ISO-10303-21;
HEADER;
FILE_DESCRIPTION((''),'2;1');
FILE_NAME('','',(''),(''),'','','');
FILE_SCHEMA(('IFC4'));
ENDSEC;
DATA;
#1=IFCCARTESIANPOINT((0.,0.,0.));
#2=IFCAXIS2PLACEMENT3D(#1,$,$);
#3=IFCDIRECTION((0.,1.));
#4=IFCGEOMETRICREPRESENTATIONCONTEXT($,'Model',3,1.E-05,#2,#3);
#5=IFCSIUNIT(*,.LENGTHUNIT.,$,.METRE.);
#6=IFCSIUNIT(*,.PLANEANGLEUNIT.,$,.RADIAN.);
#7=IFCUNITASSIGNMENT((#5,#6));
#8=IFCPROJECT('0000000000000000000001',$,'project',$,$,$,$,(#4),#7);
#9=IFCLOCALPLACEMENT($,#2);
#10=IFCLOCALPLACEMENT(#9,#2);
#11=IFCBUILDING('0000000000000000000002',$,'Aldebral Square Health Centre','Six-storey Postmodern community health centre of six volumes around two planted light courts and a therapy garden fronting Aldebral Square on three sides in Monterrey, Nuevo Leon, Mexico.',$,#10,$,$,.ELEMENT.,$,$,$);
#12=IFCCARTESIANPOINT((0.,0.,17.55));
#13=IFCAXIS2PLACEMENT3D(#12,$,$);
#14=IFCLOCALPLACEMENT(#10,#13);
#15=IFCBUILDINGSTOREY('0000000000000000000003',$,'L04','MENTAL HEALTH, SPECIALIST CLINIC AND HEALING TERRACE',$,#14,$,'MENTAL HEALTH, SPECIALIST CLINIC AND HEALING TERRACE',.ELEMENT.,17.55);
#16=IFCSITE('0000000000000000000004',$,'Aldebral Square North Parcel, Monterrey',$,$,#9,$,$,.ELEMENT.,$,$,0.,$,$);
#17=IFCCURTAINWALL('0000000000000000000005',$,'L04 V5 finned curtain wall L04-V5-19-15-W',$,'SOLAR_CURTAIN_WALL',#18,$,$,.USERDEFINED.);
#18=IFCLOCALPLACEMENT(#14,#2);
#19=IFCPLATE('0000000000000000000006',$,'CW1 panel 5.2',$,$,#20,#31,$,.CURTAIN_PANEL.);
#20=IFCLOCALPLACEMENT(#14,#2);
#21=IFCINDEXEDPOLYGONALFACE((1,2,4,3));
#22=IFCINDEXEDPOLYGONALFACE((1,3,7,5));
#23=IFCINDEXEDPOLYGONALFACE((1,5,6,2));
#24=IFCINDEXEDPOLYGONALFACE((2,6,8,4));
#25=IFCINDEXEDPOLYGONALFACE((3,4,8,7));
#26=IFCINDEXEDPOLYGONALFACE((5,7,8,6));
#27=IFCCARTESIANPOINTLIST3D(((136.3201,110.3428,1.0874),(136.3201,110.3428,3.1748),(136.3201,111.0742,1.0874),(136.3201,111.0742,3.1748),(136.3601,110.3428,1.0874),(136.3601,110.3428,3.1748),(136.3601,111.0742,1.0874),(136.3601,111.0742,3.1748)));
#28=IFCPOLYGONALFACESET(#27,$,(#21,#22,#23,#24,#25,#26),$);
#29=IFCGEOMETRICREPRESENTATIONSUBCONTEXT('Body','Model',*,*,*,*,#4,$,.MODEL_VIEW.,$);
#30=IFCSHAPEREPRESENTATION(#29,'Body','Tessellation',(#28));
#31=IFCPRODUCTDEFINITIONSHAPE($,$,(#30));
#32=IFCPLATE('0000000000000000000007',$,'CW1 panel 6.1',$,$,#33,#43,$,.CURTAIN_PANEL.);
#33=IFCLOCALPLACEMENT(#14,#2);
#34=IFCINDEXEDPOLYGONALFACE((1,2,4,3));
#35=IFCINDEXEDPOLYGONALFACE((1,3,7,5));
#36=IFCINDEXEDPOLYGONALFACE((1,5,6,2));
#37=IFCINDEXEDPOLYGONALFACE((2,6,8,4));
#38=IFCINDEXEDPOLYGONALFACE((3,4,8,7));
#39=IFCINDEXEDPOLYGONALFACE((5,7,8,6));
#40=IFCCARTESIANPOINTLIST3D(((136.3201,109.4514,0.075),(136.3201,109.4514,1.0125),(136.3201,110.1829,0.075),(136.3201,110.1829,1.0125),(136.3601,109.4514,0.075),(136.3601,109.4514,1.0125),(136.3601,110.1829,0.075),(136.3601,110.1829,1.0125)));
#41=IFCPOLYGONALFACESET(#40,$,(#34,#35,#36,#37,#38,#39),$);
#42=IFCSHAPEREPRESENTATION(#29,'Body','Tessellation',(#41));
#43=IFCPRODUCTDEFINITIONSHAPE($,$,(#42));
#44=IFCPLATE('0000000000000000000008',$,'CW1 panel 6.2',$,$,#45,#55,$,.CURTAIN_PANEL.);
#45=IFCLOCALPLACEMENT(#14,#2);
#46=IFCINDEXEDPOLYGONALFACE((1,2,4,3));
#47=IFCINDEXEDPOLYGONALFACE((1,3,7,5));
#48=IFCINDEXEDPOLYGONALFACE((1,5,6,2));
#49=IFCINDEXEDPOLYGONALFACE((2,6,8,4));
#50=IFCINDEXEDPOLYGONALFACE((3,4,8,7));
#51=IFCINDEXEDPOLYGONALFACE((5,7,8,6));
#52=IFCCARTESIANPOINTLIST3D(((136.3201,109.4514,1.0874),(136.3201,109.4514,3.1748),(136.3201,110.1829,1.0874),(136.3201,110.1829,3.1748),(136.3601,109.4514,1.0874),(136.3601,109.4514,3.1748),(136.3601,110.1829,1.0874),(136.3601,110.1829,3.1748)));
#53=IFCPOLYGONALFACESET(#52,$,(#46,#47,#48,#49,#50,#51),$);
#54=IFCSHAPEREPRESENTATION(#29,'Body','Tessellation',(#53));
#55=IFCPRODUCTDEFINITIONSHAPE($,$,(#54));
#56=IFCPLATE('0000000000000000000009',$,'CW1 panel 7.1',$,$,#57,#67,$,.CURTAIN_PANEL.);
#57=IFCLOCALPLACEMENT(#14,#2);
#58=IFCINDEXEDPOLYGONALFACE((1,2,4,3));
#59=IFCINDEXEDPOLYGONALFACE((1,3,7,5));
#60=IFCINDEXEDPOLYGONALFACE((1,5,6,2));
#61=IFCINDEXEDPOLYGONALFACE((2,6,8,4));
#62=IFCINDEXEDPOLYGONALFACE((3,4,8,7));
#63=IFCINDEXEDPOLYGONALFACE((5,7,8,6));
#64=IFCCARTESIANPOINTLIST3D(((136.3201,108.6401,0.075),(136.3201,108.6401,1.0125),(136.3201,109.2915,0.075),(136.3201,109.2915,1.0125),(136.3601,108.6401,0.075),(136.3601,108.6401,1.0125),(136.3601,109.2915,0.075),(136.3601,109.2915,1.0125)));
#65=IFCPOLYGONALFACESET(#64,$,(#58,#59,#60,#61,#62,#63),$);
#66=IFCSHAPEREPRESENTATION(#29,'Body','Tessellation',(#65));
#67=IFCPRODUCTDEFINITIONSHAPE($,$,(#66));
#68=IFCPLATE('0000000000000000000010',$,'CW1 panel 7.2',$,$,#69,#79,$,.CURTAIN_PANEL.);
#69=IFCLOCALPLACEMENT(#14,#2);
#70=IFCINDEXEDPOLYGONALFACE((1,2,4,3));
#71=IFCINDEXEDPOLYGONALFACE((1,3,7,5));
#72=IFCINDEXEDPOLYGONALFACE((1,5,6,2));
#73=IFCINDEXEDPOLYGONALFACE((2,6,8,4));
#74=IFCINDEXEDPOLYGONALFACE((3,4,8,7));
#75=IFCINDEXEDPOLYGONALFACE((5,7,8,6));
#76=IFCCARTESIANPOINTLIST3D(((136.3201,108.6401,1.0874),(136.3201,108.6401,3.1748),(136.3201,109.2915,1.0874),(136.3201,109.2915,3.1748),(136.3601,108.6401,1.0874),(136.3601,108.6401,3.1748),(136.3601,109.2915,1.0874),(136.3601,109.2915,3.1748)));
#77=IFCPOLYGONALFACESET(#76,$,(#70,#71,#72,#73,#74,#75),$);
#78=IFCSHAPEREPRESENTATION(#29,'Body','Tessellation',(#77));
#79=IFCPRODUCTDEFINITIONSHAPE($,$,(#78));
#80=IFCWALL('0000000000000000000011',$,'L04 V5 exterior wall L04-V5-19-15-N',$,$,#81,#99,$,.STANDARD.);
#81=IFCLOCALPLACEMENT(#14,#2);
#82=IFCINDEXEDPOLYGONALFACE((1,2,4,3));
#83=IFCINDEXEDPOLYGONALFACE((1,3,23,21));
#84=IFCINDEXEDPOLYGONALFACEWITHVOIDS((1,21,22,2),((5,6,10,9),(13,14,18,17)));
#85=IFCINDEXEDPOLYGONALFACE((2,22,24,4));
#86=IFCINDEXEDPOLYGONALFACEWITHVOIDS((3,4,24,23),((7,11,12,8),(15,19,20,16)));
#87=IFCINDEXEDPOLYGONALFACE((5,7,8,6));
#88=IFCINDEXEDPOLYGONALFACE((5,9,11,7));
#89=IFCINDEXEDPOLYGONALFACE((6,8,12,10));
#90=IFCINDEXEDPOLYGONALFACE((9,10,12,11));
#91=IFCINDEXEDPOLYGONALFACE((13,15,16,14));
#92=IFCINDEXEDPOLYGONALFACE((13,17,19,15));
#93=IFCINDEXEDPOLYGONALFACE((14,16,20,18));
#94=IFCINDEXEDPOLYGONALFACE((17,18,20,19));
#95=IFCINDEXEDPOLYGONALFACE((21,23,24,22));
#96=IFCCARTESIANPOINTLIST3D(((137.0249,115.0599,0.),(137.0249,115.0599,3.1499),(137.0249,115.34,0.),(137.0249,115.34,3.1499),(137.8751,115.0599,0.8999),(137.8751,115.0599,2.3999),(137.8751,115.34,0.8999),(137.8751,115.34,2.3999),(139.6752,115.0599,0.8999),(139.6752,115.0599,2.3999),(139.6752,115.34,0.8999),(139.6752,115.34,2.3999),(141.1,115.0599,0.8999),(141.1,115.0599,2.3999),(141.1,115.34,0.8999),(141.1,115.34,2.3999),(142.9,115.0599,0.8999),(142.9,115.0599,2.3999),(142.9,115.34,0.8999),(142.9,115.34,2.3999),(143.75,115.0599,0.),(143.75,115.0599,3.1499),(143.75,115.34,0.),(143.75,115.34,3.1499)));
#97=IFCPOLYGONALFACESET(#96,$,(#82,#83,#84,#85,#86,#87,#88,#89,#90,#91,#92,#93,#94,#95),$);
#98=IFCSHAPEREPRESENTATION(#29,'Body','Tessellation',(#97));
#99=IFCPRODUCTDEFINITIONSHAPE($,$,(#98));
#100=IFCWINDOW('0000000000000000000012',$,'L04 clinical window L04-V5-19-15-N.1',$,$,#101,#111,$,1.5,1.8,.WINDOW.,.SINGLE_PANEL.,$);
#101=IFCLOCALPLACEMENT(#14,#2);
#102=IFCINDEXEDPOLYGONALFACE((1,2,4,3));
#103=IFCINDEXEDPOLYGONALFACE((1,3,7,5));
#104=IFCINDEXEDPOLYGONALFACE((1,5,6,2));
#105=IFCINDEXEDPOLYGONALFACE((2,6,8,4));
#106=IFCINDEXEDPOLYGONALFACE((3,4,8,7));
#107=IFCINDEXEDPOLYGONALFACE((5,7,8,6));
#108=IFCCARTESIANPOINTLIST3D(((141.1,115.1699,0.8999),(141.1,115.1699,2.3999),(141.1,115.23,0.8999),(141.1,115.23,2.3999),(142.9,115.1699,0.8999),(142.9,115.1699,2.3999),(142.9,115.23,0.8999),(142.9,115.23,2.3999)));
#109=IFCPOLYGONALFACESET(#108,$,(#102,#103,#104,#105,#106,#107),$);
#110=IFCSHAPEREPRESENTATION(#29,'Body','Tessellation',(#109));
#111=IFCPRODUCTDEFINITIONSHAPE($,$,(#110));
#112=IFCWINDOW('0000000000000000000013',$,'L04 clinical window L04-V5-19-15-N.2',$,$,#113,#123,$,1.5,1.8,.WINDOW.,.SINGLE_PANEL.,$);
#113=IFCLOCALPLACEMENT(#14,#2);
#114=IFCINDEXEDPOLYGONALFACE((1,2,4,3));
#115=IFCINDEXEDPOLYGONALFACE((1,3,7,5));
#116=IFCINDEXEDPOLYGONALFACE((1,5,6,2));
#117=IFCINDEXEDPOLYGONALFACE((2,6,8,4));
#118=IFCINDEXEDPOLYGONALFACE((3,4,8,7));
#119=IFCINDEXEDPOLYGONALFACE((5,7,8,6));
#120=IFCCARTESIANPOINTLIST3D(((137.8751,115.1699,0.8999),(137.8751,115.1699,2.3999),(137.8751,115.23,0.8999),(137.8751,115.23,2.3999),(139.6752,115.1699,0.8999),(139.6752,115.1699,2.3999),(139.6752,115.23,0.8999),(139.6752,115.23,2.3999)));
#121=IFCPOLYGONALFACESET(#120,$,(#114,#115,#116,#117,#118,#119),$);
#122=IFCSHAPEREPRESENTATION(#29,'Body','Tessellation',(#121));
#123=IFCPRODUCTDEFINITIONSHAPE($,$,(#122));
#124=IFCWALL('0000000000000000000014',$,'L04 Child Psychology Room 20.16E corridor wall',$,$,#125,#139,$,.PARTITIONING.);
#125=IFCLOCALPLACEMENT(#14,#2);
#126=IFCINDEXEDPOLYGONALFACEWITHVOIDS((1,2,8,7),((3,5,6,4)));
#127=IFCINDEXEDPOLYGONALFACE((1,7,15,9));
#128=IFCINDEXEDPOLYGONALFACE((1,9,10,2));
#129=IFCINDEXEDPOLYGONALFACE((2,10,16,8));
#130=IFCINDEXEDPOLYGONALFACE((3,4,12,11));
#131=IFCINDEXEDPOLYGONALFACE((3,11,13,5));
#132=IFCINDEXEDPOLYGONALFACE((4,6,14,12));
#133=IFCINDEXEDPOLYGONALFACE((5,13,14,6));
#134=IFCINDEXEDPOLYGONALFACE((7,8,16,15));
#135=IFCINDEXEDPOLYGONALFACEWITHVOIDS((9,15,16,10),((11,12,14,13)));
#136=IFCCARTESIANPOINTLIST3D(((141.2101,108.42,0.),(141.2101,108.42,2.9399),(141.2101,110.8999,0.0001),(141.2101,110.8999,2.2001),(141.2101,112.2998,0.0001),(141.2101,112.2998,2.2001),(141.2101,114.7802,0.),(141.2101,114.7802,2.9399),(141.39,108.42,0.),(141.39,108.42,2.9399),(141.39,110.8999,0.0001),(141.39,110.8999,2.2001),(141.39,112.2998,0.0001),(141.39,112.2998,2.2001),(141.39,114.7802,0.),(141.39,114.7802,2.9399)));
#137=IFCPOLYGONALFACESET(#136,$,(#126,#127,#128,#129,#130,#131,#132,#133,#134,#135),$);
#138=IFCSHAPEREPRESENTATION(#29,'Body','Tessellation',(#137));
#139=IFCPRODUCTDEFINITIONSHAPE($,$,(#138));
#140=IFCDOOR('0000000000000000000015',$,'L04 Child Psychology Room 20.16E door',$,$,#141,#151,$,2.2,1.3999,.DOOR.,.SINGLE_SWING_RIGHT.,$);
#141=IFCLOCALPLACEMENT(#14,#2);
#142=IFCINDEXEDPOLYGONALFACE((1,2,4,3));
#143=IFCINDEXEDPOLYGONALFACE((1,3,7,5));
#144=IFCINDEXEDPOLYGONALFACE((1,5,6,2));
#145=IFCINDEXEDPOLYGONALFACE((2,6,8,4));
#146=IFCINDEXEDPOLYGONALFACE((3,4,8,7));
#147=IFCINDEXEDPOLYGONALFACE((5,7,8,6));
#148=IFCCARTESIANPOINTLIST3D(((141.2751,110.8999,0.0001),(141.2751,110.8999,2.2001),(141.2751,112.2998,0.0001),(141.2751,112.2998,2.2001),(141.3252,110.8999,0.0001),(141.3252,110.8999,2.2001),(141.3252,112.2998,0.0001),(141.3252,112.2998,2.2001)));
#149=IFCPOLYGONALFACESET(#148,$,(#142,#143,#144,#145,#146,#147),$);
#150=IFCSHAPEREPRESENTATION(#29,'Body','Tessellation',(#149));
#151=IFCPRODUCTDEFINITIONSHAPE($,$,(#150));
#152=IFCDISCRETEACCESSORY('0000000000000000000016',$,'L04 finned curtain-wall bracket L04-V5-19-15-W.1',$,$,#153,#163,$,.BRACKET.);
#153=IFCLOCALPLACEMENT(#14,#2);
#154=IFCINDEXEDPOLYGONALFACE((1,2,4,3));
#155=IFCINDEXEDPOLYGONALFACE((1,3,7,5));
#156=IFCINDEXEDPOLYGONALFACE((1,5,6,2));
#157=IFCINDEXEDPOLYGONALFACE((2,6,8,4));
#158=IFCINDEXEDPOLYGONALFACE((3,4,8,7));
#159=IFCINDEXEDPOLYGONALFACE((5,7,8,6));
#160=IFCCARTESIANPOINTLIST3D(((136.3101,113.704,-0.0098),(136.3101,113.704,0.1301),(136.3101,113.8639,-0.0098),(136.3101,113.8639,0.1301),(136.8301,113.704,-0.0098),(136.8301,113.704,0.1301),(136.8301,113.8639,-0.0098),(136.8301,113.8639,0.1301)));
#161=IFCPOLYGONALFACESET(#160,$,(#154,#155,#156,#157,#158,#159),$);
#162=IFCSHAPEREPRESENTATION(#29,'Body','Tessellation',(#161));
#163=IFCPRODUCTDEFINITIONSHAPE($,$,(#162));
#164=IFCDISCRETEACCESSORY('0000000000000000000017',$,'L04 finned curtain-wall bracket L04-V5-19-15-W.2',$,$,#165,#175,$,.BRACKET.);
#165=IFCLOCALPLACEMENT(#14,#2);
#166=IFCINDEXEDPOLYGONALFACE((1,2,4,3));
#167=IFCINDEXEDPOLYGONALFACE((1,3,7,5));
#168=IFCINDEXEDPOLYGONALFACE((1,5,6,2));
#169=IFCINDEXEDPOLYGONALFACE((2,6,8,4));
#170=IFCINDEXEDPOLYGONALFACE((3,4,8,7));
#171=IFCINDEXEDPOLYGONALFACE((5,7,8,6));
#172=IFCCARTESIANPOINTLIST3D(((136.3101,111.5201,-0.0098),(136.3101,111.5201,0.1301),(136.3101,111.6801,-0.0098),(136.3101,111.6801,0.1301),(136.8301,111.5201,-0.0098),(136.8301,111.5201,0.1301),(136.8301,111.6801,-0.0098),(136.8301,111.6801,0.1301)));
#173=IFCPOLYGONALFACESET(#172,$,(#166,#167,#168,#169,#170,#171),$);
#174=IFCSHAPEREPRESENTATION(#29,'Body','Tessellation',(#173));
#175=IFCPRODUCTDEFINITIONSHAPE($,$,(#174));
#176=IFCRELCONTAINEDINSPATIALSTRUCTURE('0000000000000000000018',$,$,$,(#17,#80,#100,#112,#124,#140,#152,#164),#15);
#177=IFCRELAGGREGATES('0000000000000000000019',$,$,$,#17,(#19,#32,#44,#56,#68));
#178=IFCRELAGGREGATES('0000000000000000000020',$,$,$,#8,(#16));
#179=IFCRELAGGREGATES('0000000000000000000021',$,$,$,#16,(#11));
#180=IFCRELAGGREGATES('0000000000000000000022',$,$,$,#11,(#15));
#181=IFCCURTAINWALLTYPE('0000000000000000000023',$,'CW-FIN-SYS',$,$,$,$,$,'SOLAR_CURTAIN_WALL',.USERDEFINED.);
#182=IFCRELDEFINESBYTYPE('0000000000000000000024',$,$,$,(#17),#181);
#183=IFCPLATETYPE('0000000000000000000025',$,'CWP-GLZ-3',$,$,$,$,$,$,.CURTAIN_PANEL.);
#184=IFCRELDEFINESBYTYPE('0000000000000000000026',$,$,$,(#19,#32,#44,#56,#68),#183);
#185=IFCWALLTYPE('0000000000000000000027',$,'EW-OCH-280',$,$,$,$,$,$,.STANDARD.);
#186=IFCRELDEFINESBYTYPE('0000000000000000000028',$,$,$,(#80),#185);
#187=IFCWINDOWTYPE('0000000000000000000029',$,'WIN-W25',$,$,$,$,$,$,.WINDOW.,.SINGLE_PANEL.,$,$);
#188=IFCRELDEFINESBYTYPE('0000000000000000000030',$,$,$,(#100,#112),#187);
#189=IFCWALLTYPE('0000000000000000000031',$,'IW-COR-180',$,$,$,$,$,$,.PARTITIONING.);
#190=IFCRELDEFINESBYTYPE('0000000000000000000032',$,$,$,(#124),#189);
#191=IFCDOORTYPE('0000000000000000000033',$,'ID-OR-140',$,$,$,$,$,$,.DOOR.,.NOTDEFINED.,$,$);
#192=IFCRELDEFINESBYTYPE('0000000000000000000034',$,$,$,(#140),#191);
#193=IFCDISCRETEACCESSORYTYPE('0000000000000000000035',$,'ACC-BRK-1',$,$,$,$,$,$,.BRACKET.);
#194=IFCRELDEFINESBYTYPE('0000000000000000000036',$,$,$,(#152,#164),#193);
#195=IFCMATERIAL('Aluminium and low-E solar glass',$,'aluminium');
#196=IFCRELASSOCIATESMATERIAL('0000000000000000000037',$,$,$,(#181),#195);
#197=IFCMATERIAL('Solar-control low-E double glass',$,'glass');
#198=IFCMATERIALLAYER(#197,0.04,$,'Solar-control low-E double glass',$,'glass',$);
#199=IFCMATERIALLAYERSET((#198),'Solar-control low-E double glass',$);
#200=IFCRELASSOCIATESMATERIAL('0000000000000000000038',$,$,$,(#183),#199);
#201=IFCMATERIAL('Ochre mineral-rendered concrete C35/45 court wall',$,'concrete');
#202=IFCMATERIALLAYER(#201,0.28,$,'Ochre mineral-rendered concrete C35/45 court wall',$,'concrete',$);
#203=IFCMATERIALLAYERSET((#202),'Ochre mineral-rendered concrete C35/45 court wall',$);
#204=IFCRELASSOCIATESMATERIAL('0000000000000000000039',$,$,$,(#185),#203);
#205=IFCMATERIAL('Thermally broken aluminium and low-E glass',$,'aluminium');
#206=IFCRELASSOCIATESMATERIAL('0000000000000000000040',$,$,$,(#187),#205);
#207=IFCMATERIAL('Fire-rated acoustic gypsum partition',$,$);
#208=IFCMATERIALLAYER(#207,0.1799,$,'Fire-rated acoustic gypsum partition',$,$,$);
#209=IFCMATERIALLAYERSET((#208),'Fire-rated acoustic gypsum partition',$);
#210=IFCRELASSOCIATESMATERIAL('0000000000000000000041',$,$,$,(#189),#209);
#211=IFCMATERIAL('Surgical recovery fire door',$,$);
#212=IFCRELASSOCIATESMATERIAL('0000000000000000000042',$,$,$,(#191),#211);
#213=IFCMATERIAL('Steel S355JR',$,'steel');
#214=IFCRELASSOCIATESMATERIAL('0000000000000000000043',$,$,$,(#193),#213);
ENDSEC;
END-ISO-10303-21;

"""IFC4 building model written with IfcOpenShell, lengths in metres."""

from ifc_helpers import new_model, si_unit, direction, frame, frame_2d, origin, origin_2d, place, context, subcontext, project, spatial, rectangle, extrude, material, layer, layer_set, type_object, element, fill, aggregate, save


model = new_model("IFC4")

# Units and contexts
model_context = context("Model", 3, precision=1e-05, world=origin(), true_north=direction((0.0, 1.0)))
body_context = subcontext(model_context, "Body", "Model", "MODEL_VIEW")
ifc_project = project(units=[si_unit("LENGTHUNIT", "METRE"), si_unit("PLANEANGLEUNIT", "RADIAN")], contexts=[model_context])

# Site, building, storey
site_placement = place(None, origin())
site = spatial("IfcSite", under=ifc_project, at=site_placement, Name="Aldebral Square North Parcel, Monterrey", CompositionType="ELEMENT", RefElevation=0.0)
building_placement = place(site_placement, origin())
building = spatial("IfcBuilding", under=site, at=building_placement, Name="Aldebral Square Health Centre", Description="Six-storey Postmodern community health centre of six volumes around two planted light courts and a therapy garden fronting Aldebral Square on three sides in Monterrey, Nuevo Leon, Mexico.", CompositionType="ELEMENT")
storey_placement = place(building_placement, frame((0.0, 0.0, 17.55)))
storey = spatial("IfcBuildingStorey", under=building, at=storey_placement, Name="L04", Description="MENTAL HEALTH, SPECIALIST CLINIC AND HEALING TERRACE", LongName="MENTAL HEALTH, SPECIALIST CLINIC AND HEALING TERRACE", CompositionType="ELEMENT", Elevation=17.55)

# Curtain wall, plates
ifc_material_1 = material(Name="Aluminium and low-E solar glass", Category="aluminium")
curtain_wall_type = type_object("IfcCurtainWallType", Name="CW-FIN-SYS", ElementType="SOLAR_CURTAIN_WALL", PredefinedType="USERDEFINED", material=ifc_material_1)
curtain_wall_placement = place(storey_placement, origin())
curtain_wall = element("IfcCurtainWall", 1, at=curtain_wall_placement, inside=storey, type_object=curtain_wall_type, Name="L04 V5 finned curtain wall L04-V5-19-15-W", ObjectType="SOLAR_CURTAIN_WALL", PredefinedType="USERDEFINED")
ifc_material_2 = material(Name="Solar-control low-E double glass", Category="glass")
ifc_layer_1 = layer(ifc_material_2, 0.04, Name="Solar-control low-E double glass", Category="glass")
ifc_layer_set_1 = layer_set([ifc_layer_1], Name="Solar-control low-E double glass")
plate_type = type_object("IfcPlateType", Name="CWP-GLZ-3", PredefinedType="CURTAIN_PANEL", material=ifc_layer_set_1)
plate_1_placement = place(storey_placement, frame((136.3401, 110.7085, 1.0874), z_axis=(0.0, 0.0, 1.0), x_axis=(0.0, -1.0, 0.0)))
plate_1 = element("IfcPlate", 2, at=plate_1_placement, type_object=plate_type, Name="CW1 panel 5.2", PredefinedType="CURTAIN_PANEL", context=body_context, shape_type="SweptSolid", body=[
    extrude(rectangle(XDim=0.7314, YDim=0.04, at=origin_2d()), origin(), (0.0, 0.0, 1.0), 2.0874),
])
plate_2_placement = place(storey_placement, frame((136.3401, 109.8171, 0.075), z_axis=(0.0, 0.0, 1.0), x_axis=(0.0, -1.0, 0.0)))
plate_2 = element("IfcPlate", 3, at=plate_2_placement, type_object=plate_type, Name="CW1 panel 6.1", PredefinedType="CURTAIN_PANEL", context=body_context, shape_type="SweptSolid", body=[
    extrude(rectangle(XDim=0.7314, YDim=0.04, at=origin_2d()), origin(), (0.0, 0.0, 1.0), 0.9375),
])
plate_3_placement = place(storey_placement, frame((136.3401, 109.8171, 1.0874), z_axis=(0.0, 0.0, 1.0), x_axis=(0.0, -1.0, 0.0)))
plate_3 = element("IfcPlate", 4, at=plate_3_placement, type_object=plate_type, Name="CW1 panel 6.2", PredefinedType="CURTAIN_PANEL", context=body_context, shape_type="SweptSolid", body=[
    extrude(rectangle(XDim=0.7314, YDim=0.04, at=origin_2d()), origin(), (0.0, 0.0, 1.0), 2.0874),
])
plate_4_placement = place(storey_placement, frame((136.3401, 108.9658, 0.075), z_axis=(0.0, 0.0, 1.0), x_axis=(0.0, -1.0, 0.0)))
plate_4 = element("IfcPlate", 5, at=plate_4_placement, type_object=plate_type, Name="CW1 panel 7.1", PredefinedType="CURTAIN_PANEL", context=body_context, shape_type="SweptSolid", body=[
    extrude(rectangle(XDim=0.6514, YDim=0.04, at=origin_2d()), origin(), (0.0, 0.0, 1.0), 0.9375),
])
plate_5_placement = place(storey_placement, frame((136.3401, 108.9658, 1.0874), z_axis=(0.0, 0.0, 1.0), x_axis=(0.0, -1.0, 0.0)))
plate_5 = element("IfcPlate", 6, at=plate_5_placement, type_object=plate_type, Name="CW1 panel 7.2", PredefinedType="CURTAIN_PANEL", context=body_context, shape_type="SweptSolid", body=[
    extrude(rectangle(XDim=0.6514, YDim=0.04, at=origin_2d()), origin(), (0.0, 0.0, 1.0), 2.0874),
])
aggregate(curtain_wall, [plate_1, plate_2, plate_3, plate_4, plate_5])

# Wall, openings, windows
ifc_material_3 = material(Name="Ochre mineral-rendered concrete C35/45 court wall", Category="concrete")
ifc_layer_2 = layer(ifc_material_3, 0.28, Name="Ochre mineral-rendered concrete C35/45 court wall", Category="concrete")
ifc_layer_set_2 = layer_set([ifc_layer_2], Name="Ochre mineral-rendered concrete C35/45 court wall")
wall_type_1 = type_object("IfcWallType", Name="EW-OCH-280", PredefinedType="STANDARD", material=ifc_layer_set_2)
wall_1_placement = place(storey_placement, frame((143.75, 115.2, 0.0), z_axis=(0.0, 0.0, 1.0), x_axis=(-1.0, 0.0, 0.0)))
wall_1 = element("IfcWall", 7, at=wall_1_placement, inside=storey, type_object=wall_type_1, Name="L04 V5 exterior wall L04-V5-19-15-N", PredefinedType="STANDARD", context=body_context, shape_type="SweptSolid", body=[
    extrude(rectangle(XDim=6.7251, YDim=0.28, at=frame_2d((3.3625, 0.0))), origin(), (0.0, 0.0, 1.0), 3.1499),
])
opening_1_placement = place(wall_1_placement, frame((0.8501, 0.0, 0.8999)))
opening_1 = element("IfcOpeningElement", 8, at=opening_1_placement, cuts=wall_1, PredefinedType="OPENING", context=body_context, shape_type="SweptSolid", body=[
    extrude(rectangle(XDim=1.8, YDim=1.5, at=frame_2d((0.8999, 0.75))), frame((0.0, 0.1499, 0.0), z_axis=(0.0, -1.0, 0.0), x_axis=(1.0, 0.0, 0.0)), (0.0, 0.0, 1.0), 0.3),
])
opening_2_placement = place(wall_1_placement, frame((4.075, 0.0, 0.8999)))
opening_2 = element("IfcOpeningElement", 9, at=opening_2_placement, cuts=wall_1, PredefinedType="OPENING", context=body_context, shape_type="SweptSolid", body=[
    extrude(rectangle(XDim=1.8, YDim=1.5, at=frame_2d((0.8999, 0.75))), frame((0.0, 0.1499, 0.0), z_axis=(0.0, -1.0, 0.0), x_axis=(1.0, 0.0, 0.0)), (0.0, 0.0, 1.0), 0.3),
])
ifc_material_4 = material(Name="Thermally broken aluminium and low-E glass", Category="aluminium")
window_type = type_object("IfcWindowType", Name="WIN-W25", PartitioningType="SINGLE_PANEL", PredefinedType="WINDOW", material=ifc_material_4)
window_1_placement = place(opening_1_placement, origin())
window_1 = element("IfcWindow", 10, at=window_1_placement, inside=storey, type_object=window_type, Name="L04 clinical window L04-V5-19-15-N.1", OverallHeight=1.5, OverallWidth=1.8, PartitioningType="SINGLE_PANEL", PredefinedType="WINDOW", context=body_context, shape_type="SweptSolid", body=[
    extrude(rectangle(XDim=1.8, YDim=1.5, at=frame_2d((0.8999, 0.75))), frame((0.0, 0.03, 0.0), z_axis=(0.0, -1.0, 0.0), x_axis=(1.0, 0.0, 0.0)), (0.0, 0.0, 1.0), 0.0601),
])
fill(opening_1, window_1)
window_2_placement = place(opening_2_placement, origin())
window_2 = element("IfcWindow", 11, at=window_2_placement, inside=storey, type_object=window_type, Name="L04 clinical window L04-V5-19-15-N.2", OverallHeight=1.5, OverallWidth=1.8, PartitioningType="SINGLE_PANEL", PredefinedType="WINDOW", context=body_context, shape_type="SweptSolid", body=[
    extrude(rectangle(XDim=1.8, YDim=1.5, at=frame_2d((0.8999, 0.75))), frame((0.0, 0.03, 0.0), z_axis=(0.0, -1.0, 0.0), x_axis=(1.0, 0.0, 0.0)), (0.0, 0.0, 1.0), 0.0601),
])
fill(opening_2, window_2)

# Wall, opening, door
ifc_material_5 = material(Name="Fire-rated acoustic gypsum partition")
ifc_layer_3 = layer(ifc_material_5, 0.1799, Name="Fire-rated acoustic gypsum partition")
ifc_layer_set_3 = layer_set([ifc_layer_3], Name="Fire-rated acoustic gypsum partition")
wall_type_2 = type_object("IfcWallType", Name="IW-COR-180", PredefinedType="PARTITIONING", material=ifc_layer_set_3)
wall_2_placement = place(storey_placement, frame((141.3, 108.4199, 0.0), z_axis=(0.0, 0.0, 1.0), x_axis=(0.0, 1.0, 0.0)))
wall_2 = element("IfcWall", 12, at=wall_2_placement, inside=storey, type_object=wall_type_2, Name="L04 Child Psychology Room 20.16E corridor wall", PredefinedType="PARTITIONING", context=body_context, shape_type="SweptSolid", body=[
    extrude(rectangle(XDim=6.3601, YDim=0.1799, at=frame_2d((3.1802, 0.0))), origin(), (0.0, 0.0, 1.0), 2.9399),
])
opening_3_placement = place(wall_2_placement, frame((2.48, 0.0, 0.0)))
opening_3 = element("IfcOpeningElement", 13, at=opening_3_placement, cuts=wall_2, PredefinedType="OPENING", context=body_context, shape_type="SweptSolid", body=[
    extrude(rectangle(XDim=1.3999, YDim=2.2, at=frame_2d((0.7, 1.1001))), frame((0.0, 0.1001, 0.0), z_axis=(0.0, -1.0, 0.0), x_axis=(1.0, 0.0, 0.0)), (0.0, 0.0, 1.0), 0.2),
])
ifc_material_6 = material(Name="Surgical recovery fire door")
door_type = type_object("IfcDoorType", Name="ID-OR-140", OperationType="NOTDEFINED", PredefinedType="DOOR", material=ifc_material_6)
door_placement = place(opening_3_placement, origin())
door = element("IfcDoor", 14, at=door_placement, inside=storey, type_object=door_type, Name="L04 Child Psychology Room 20.16E door", OperationType="SINGLE_SWING_RIGHT", OverallHeight=2.2, OverallWidth=1.3999, PredefinedType="DOOR", context=body_context, shape_type="SweptSolid", body=[
    extrude(rectangle(XDim=1.3999, YDim=2.2, at=frame_2d((0.7, 1.1001))), frame((0.0, 0.0249, 0.0), z_axis=(0.0, -1.0, 0.0), x_axis=(1.0, 0.0, 0.0)), (0.0, 0.0, 1.0), 0.05),
])
fill(opening_3, door)

# Discrete accessories
ifc_material_7 = material(Name="Steel S355JR", Category="steel")
discrete_accessory_type = type_object("IfcDiscreteAccessoryType", Name="ACC-BRK-1", PredefinedType="BRACKET", material=ifc_material_7)
for number, where, z_axis, x_axis, name in (
    (15, (136.5701, 113.7839, -0.0098), (0.0, 0.0, 1.0), (0.0, 1.0, 0.0), "L04 finned curtain-wall bracket L04-V5-19-15-W.1"),
    (16, (136.5701, 111.6001, -0.0098), (0.0, 0.0, 1.0), (0.0, 1.0, 0.0), "L04 finned curtain-wall bracket L04-V5-19-15-W.2"),
):
    element("IfcDiscreteAccessory", number, at=place(storey_placement, frame(where, z_axis=z_axis, x_axis=x_axis)), inside=storey, type_object=discrete_accessory_type, Name=name, PredefinedType="BRACKET", context=body_context, shape_type="SweptSolid", body=[
        extrude(rectangle(XDim=0.1599, YDim=0.52, at=origin_2d()), origin(), (0.0, 0.0, 1.0), 0.1399),
    ])

save(model, "model.ifc")
